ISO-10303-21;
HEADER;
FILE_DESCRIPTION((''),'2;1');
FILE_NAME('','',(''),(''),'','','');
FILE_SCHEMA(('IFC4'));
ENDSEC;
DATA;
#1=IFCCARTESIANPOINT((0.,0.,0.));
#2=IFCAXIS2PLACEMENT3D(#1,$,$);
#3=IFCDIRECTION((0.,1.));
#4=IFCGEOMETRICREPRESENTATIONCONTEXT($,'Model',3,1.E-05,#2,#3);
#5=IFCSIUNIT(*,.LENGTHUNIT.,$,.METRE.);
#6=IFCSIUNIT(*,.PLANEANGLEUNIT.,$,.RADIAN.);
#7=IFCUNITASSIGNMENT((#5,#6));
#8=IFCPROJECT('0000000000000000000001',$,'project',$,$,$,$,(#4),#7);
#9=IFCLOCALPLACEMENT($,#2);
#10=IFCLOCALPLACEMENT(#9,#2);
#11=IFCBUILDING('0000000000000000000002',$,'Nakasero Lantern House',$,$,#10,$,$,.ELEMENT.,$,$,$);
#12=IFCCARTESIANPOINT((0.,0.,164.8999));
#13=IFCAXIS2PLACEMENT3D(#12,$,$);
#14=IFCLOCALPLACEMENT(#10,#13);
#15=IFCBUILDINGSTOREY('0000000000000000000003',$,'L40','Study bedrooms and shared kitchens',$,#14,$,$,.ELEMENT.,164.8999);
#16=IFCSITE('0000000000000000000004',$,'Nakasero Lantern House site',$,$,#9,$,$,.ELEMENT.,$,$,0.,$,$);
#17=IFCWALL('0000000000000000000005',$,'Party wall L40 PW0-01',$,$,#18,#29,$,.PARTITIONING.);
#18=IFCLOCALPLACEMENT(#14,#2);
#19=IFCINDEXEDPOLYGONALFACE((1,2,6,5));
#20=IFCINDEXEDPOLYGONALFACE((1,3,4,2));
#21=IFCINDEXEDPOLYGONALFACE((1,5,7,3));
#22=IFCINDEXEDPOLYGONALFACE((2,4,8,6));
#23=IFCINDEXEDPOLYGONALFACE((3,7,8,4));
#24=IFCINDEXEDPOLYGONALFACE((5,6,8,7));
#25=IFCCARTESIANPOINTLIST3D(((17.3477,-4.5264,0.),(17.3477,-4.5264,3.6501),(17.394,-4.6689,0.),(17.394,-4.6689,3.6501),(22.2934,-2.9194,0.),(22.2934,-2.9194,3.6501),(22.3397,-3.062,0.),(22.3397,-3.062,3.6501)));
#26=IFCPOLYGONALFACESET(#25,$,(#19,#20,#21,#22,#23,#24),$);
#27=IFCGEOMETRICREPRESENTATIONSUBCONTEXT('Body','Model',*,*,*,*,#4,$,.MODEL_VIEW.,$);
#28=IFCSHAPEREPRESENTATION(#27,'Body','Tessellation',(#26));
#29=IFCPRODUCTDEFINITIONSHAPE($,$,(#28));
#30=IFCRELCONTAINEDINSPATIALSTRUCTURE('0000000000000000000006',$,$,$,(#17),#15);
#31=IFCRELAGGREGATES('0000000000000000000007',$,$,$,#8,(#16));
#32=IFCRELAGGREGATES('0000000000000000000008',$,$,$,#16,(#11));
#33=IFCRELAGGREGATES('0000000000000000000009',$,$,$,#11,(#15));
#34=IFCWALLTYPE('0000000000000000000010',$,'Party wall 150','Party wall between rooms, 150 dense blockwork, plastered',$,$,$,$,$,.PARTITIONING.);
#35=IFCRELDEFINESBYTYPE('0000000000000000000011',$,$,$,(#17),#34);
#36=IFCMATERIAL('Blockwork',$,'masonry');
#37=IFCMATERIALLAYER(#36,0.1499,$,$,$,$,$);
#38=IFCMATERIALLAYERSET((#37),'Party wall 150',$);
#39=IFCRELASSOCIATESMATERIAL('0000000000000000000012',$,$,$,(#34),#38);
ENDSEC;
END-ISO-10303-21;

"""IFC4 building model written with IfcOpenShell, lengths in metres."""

from ifc_helpers import new_model, si_unit, direction, frame, frame_2d, origin, place, context, subcontext, project, spatial, rectangle, extrude, material, layer, layer_set, type_object, element, save


model = new_model("IFC4")

# Units and contexts
model_context = context("Model", 3, precision=1e-05, world=origin(), true_north=direction((0.0, 1.0)))
body_context = subcontext(model_context, "Body", "Model", "MODEL_VIEW")
ifc_project = project(units=[si_unit("LENGTHUNIT", "METRE"), si_unit("PLANEANGLEUNIT", "RADIAN")], contexts=[model_context])

# Site, building, storey
site_placement = place(None, origin())
site = spatial("IfcSite", under=ifc_project, at=site_placement, Name="Nakasero Lantern House site", CompositionType="ELEMENT", RefElevation=0.0)
building_placement = place(site_placement, origin())
building = spatial("IfcBuilding", under=site, at=building_placement, Name="Nakasero Lantern House", CompositionType="ELEMENT")
storey_placement = place(building_placement, frame((0.0, 0.0, 164.8999)))
storey = spatial("IfcBuildingStorey", under=building, at=storey_placement, Name="L40", Description="Study bedrooms and shared kitchens", CompositionType="ELEMENT", Elevation=164.8999)

# Wall
ifc_material_1 = material(Name="Blockwork", Category="masonry")
ifc_layer_1 = layer(ifc_material_1, 0.1499)
ifc_layer_set_1 = layer_set([ifc_layer_1], Name="Party wall 150")
wall_type_1 = type_object("IfcWallType", Name="Party wall 150", Description="Party wall between rooms, 150 dense blockwork, plastered", PredefinedType="PARTITIONING", material=ifc_layer_set_1)
wall_1_placement = place(storey_placement, frame((17.3708, -4.5977, 0.0), z_axis=(0.0, 0.0, 1.0), x_axis=(0.951055, 0.309021, 0.0)))
element("IfcWall", 1, at=wall_1_placement, inside=storey, type_object=wall_type_1, Name="Party wall L40 PW0-01", PredefinedType="PARTITIONING", context=body_context, shape_type="SweptSolid", body=[
    extrude(rectangle(XDim=5.2002, YDim=0.1499, at=frame_2d((2.6001, 0.0))), origin(), (0.0, 0.0, 1.0), 3.6501),
])

save(model, "model.ifc")
